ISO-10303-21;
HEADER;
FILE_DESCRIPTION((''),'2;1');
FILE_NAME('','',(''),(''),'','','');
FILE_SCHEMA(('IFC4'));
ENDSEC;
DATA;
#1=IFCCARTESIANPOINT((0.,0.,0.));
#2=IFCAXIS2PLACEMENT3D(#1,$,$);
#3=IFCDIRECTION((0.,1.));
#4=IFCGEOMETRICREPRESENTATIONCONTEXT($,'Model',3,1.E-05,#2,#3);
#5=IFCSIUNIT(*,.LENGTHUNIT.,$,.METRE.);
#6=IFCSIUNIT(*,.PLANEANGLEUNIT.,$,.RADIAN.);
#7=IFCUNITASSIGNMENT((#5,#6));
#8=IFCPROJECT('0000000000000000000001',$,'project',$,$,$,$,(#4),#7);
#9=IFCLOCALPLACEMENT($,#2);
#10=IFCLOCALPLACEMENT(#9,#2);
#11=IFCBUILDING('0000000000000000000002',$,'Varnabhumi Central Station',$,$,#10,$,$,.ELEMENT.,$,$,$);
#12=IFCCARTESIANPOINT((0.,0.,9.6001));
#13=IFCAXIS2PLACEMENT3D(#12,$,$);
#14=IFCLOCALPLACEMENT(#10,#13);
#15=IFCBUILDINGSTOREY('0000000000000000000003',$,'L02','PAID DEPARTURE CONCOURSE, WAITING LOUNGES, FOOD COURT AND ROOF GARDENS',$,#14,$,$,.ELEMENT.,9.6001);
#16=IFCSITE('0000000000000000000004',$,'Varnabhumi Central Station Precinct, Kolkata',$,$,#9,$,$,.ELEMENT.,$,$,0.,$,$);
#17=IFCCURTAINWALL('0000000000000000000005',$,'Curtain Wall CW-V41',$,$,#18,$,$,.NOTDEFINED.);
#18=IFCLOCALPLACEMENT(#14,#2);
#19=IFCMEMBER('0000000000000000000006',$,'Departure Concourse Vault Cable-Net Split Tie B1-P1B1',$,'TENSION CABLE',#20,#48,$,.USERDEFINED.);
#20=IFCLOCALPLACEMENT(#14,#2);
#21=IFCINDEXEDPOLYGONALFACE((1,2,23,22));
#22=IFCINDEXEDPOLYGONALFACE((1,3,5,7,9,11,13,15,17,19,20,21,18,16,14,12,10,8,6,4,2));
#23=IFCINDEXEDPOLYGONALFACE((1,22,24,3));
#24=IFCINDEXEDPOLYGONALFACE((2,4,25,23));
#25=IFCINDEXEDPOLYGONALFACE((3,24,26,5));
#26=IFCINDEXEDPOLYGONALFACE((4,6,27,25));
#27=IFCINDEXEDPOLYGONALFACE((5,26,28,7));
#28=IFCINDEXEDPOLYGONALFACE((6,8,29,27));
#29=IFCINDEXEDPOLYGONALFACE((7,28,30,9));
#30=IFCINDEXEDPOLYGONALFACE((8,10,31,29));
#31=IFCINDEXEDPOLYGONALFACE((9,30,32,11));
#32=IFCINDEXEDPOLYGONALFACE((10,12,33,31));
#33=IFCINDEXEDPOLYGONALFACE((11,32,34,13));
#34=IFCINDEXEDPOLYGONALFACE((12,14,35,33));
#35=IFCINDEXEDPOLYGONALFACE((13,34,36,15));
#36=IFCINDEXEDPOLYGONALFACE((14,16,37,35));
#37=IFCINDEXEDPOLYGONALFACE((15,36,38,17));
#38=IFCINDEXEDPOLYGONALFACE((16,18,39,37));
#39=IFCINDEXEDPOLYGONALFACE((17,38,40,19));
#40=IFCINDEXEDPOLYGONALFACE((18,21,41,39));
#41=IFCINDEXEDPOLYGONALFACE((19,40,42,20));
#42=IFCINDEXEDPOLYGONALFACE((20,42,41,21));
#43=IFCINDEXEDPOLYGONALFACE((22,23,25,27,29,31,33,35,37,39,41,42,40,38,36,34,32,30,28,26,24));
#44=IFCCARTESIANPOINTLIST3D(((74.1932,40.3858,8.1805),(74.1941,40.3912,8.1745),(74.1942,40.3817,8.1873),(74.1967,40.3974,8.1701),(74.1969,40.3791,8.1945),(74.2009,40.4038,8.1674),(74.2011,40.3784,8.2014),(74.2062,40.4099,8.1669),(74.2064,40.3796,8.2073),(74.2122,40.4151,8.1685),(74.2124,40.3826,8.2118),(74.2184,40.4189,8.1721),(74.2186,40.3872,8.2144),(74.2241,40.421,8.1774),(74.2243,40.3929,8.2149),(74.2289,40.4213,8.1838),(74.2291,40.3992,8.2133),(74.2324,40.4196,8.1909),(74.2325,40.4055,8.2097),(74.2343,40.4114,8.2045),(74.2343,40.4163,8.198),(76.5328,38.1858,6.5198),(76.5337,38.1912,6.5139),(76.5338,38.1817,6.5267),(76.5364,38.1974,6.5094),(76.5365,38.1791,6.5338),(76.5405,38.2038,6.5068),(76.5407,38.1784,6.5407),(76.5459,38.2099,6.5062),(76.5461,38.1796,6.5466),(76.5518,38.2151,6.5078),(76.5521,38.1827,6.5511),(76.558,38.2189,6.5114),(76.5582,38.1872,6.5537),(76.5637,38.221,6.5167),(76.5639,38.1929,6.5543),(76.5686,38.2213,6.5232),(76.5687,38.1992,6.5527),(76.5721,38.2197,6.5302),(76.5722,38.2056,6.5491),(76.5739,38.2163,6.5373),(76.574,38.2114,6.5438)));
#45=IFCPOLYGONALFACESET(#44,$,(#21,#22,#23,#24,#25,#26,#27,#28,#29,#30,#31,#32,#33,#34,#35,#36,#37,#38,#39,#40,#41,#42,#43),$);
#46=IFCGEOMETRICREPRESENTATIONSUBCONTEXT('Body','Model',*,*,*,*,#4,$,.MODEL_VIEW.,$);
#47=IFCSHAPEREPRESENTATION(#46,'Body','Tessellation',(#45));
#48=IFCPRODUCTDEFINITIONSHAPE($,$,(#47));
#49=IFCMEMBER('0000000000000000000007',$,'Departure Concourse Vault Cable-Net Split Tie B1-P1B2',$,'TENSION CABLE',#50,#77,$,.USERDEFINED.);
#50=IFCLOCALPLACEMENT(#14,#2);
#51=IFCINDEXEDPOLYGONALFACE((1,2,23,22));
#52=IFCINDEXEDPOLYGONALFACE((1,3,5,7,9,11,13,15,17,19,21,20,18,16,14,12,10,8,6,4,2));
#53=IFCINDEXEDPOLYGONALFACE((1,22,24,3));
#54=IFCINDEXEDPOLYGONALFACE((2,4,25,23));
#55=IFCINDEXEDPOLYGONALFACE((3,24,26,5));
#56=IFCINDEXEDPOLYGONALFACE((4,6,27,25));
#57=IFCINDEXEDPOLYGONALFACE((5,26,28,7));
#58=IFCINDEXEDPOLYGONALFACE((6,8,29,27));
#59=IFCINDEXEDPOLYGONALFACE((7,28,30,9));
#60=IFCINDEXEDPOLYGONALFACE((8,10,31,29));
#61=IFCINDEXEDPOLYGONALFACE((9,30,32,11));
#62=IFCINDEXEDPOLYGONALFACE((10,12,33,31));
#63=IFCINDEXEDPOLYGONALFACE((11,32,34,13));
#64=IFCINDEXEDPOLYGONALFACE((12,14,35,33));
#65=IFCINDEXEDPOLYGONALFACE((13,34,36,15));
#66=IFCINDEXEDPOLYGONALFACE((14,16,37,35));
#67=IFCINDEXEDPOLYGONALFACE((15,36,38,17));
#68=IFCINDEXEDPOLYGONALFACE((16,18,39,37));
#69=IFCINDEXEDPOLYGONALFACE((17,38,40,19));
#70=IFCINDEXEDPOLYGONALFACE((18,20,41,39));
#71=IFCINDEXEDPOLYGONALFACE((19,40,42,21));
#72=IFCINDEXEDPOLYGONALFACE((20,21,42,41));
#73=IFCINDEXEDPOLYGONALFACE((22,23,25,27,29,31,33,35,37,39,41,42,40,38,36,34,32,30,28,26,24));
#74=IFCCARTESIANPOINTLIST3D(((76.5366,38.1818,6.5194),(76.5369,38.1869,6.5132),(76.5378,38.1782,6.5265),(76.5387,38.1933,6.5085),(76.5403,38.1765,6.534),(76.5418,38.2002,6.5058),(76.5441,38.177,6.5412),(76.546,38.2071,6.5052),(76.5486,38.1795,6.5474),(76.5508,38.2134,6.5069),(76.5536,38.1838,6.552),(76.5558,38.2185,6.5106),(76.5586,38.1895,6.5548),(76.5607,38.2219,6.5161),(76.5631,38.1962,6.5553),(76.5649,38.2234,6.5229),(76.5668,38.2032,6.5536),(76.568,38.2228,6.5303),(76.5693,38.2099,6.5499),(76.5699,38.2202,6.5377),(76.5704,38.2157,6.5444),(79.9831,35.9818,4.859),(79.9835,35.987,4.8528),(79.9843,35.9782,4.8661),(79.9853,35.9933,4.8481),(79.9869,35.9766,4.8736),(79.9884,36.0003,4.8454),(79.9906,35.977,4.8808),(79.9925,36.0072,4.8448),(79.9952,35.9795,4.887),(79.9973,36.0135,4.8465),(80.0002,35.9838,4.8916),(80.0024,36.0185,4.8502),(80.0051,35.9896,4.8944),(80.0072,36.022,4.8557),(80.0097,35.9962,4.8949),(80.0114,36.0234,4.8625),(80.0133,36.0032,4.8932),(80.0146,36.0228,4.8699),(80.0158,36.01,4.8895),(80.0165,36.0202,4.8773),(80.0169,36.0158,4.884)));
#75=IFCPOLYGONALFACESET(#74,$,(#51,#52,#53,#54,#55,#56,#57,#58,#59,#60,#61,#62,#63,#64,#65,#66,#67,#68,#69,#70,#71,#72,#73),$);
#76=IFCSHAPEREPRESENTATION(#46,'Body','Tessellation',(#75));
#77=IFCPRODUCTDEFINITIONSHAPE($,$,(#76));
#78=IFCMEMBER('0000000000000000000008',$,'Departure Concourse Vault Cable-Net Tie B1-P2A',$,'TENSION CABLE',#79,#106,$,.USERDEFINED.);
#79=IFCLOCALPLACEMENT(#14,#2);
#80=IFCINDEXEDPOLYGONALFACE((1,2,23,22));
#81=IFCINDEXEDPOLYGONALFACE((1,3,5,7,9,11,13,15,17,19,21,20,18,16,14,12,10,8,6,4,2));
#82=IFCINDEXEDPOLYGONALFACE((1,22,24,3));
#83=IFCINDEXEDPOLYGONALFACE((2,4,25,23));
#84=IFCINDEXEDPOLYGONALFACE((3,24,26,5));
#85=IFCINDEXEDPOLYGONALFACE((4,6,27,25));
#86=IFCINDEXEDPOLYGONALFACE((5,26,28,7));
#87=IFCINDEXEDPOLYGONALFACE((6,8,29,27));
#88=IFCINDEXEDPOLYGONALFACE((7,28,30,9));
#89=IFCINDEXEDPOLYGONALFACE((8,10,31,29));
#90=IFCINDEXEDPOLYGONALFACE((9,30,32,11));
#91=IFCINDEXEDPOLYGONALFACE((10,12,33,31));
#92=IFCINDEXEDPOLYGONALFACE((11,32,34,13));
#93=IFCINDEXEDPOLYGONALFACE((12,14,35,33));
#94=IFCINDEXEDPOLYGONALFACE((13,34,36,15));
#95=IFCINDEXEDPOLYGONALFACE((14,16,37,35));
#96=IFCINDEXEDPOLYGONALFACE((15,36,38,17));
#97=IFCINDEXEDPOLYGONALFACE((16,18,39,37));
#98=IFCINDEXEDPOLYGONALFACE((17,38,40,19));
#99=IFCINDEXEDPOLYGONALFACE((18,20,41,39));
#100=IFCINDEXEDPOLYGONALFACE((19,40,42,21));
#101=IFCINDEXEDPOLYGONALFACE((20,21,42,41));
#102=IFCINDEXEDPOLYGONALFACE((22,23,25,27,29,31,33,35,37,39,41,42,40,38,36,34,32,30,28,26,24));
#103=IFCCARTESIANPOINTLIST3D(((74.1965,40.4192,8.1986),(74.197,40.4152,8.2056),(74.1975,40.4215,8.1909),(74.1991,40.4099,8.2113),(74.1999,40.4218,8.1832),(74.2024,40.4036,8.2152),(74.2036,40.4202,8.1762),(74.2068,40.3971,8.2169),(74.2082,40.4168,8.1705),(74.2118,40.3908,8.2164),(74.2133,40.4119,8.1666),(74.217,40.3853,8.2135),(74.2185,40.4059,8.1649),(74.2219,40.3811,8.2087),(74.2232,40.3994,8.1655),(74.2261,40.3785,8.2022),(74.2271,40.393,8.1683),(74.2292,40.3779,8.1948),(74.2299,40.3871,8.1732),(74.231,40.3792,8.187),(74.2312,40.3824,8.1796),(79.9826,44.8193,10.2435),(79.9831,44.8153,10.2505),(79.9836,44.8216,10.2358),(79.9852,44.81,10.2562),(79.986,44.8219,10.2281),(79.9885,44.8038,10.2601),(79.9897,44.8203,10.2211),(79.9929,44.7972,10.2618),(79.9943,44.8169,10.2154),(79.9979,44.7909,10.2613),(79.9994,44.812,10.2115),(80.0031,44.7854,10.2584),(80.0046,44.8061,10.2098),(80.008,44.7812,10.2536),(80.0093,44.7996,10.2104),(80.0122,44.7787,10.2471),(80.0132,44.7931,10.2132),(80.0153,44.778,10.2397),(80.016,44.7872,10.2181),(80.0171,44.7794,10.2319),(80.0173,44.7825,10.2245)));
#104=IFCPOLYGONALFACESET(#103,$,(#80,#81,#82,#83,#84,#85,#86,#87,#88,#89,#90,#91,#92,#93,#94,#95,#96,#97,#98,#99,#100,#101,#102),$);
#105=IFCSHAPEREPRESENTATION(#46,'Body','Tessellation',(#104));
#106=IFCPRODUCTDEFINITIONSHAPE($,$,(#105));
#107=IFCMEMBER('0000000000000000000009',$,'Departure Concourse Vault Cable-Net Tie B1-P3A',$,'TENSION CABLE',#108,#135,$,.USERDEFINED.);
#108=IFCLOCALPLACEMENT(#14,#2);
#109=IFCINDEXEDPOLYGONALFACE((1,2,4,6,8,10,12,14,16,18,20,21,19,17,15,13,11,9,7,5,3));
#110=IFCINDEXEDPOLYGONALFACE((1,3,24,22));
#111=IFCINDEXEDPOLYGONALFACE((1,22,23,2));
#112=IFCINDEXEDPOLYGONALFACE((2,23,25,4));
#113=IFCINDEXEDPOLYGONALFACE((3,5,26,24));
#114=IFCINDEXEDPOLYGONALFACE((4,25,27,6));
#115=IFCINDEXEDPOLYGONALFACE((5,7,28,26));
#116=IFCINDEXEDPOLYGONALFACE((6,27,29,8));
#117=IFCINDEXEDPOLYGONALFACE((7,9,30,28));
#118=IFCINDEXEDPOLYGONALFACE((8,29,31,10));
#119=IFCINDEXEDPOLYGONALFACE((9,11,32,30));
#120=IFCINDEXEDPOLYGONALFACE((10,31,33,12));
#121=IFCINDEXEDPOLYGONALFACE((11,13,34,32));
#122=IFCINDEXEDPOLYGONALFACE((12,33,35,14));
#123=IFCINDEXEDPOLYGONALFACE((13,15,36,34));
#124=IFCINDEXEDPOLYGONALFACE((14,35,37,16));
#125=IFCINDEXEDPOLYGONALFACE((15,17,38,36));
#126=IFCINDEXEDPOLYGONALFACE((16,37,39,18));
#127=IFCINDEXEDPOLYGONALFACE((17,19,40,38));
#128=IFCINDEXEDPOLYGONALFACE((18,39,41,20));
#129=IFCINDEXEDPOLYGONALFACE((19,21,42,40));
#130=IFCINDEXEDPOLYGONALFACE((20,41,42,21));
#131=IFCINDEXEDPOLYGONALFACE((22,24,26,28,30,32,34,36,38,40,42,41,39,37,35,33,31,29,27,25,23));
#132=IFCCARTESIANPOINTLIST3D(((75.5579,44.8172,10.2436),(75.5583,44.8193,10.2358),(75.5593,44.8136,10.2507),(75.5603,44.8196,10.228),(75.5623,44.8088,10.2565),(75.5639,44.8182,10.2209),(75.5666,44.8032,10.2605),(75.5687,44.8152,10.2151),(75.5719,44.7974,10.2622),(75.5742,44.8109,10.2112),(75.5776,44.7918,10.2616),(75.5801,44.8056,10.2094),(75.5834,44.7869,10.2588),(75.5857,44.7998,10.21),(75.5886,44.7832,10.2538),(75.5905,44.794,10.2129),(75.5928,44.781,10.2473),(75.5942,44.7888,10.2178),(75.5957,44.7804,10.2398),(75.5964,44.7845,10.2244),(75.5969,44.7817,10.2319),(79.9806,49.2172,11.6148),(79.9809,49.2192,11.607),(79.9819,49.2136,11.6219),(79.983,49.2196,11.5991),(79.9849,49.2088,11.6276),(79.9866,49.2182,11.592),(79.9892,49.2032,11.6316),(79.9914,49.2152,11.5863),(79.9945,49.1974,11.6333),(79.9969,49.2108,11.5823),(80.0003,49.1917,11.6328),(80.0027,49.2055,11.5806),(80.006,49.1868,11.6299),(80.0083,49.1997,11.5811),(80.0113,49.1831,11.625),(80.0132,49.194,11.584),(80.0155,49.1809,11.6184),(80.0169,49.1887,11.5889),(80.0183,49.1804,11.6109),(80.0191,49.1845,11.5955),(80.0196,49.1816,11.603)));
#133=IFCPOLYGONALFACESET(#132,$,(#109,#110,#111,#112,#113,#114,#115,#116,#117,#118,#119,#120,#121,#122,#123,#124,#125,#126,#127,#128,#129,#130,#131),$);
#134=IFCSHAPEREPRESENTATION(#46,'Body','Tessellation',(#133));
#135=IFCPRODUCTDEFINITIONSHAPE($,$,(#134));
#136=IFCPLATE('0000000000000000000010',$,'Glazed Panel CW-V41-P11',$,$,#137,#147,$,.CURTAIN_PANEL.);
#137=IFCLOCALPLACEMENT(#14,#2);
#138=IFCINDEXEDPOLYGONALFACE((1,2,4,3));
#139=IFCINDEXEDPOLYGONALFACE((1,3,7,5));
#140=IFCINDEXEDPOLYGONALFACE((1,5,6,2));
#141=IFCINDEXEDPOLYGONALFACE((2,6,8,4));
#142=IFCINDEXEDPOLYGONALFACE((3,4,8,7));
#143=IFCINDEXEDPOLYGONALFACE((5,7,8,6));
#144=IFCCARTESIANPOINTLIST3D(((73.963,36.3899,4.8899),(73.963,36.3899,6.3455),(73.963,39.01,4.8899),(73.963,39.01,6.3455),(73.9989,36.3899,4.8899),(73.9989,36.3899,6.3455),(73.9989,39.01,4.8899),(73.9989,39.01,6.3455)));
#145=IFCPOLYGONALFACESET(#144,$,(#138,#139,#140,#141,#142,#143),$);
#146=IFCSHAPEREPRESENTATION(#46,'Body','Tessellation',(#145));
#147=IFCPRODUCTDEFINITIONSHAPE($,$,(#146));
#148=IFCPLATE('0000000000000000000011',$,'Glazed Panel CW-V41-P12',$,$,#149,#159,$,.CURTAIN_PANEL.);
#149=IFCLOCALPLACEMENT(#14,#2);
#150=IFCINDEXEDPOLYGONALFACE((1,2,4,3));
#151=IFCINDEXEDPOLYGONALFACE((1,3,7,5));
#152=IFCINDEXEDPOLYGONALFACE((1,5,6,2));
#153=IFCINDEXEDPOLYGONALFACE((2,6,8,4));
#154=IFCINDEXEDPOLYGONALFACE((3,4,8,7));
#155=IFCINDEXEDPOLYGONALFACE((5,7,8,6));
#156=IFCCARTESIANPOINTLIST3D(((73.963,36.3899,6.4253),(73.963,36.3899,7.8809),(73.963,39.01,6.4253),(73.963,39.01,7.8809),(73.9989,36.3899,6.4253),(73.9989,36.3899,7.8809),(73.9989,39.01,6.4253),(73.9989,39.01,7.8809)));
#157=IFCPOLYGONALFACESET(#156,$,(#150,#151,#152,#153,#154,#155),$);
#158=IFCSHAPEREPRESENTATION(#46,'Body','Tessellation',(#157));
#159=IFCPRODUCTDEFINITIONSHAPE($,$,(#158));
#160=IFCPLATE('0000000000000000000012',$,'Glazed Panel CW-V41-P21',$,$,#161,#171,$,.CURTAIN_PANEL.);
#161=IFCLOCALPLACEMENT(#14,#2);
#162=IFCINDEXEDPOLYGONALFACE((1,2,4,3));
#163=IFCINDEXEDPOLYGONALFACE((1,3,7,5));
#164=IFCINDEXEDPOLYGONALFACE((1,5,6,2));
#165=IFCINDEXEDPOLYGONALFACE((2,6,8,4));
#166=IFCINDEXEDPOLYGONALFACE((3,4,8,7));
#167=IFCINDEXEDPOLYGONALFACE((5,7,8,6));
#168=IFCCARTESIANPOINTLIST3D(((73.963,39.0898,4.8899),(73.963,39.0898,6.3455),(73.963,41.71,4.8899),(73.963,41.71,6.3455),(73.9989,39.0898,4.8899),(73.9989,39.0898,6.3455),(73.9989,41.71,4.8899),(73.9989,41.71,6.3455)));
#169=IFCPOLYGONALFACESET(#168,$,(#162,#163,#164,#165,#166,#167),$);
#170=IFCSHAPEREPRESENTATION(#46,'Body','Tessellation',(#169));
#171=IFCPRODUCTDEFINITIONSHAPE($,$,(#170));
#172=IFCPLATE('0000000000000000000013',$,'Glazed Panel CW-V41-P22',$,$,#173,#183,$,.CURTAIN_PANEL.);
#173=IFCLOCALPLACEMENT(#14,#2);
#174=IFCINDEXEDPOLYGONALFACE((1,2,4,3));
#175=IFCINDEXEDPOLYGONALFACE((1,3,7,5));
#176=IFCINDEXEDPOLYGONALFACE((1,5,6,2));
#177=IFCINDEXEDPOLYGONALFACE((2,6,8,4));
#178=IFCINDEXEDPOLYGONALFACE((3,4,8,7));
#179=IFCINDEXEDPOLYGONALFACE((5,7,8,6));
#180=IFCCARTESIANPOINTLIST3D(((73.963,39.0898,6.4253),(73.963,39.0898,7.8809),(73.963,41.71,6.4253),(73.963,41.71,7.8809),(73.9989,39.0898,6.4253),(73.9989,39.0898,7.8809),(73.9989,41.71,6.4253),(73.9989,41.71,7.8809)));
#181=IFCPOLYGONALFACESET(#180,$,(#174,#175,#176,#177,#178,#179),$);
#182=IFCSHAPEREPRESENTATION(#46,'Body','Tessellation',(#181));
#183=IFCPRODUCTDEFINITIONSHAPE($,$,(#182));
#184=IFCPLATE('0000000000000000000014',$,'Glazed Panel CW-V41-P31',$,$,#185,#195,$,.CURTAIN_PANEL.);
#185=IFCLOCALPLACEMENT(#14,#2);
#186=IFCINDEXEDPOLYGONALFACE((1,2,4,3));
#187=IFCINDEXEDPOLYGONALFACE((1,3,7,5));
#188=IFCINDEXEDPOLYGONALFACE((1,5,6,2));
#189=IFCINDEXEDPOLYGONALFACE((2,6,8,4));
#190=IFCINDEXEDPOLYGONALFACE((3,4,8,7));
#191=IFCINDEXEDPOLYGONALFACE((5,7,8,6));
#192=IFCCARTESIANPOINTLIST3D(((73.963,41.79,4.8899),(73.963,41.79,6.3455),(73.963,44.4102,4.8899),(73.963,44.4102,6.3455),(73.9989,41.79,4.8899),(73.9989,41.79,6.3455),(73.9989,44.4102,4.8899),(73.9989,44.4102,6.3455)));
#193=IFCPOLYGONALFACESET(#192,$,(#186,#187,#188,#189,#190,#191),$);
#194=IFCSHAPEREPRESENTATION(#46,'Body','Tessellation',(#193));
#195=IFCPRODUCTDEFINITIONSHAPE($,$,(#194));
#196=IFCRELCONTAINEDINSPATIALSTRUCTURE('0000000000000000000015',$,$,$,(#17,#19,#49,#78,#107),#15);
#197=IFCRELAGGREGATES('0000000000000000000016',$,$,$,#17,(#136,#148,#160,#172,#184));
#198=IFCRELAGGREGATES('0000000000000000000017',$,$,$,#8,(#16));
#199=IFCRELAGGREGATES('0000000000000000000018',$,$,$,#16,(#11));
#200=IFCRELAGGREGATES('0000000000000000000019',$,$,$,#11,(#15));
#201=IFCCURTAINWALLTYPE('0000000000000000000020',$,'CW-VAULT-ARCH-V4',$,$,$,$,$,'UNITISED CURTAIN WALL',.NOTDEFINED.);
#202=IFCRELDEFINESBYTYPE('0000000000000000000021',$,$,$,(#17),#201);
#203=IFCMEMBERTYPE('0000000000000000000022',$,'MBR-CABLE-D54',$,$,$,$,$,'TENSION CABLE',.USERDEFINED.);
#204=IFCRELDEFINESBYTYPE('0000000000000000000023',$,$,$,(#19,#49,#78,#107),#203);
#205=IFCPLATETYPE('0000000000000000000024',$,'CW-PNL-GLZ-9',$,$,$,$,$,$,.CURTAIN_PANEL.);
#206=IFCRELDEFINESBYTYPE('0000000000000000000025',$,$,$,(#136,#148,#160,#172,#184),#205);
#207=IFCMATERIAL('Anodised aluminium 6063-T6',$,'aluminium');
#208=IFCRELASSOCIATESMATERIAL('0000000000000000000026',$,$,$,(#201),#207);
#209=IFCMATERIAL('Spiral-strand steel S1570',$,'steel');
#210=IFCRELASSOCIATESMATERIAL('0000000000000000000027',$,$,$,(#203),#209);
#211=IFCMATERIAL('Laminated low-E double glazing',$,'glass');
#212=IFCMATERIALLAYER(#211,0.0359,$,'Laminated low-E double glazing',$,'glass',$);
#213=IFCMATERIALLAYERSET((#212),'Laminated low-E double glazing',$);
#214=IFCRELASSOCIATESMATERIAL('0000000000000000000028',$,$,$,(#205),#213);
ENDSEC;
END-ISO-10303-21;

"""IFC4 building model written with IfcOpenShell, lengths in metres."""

from ifc_helpers import new_model, si_unit, direction, frame, origin, origin_2d, place, context, subcontext, project, spatial, rectangle, circle, extrude, material, layer, layer_set, material_profile, profile_set, type_object, element, aggregate, save


model = new_model("IFC4")

# Units and contexts
model_context = context("Model", 3, precision=1e-05, world=origin(), true_north=direction((0.0, 1.0)))
body_context = subcontext(model_context, "Body", "Model", "MODEL_VIEW")
ifc_project = project(units=[si_unit("LENGTHUNIT", "METRE"), si_unit("PLANEANGLEUNIT", "RADIAN")], contexts=[model_context])

# Site, building, storey
site_placement = place(None, origin())
site = spatial("IfcSite", under=ifc_project, at=site_placement, Name="Varnabhumi Central Station Precinct, Kolkata", CompositionType="ELEMENT", RefElevation=0.0)
building_placement = place(site_placement, origin())
building = spatial("IfcBuilding", under=site, at=building_placement, Name="Varnabhumi Central Station", CompositionType="ELEMENT")
storey_placement = place(building_placement, frame((0.0, 0.0, 9.6001)))
storey = spatial("IfcBuildingStorey", under=building, at=storey_placement, Name="L02", Description="PAID DEPARTURE CONCOURSE, WAITING LOUNGES, FOOD COURT AND ROOF GARDENS", CompositionType="ELEMENT", Elevation=9.6001)

# Curtain wall
ifc_material_1 = material(Name="Anodised aluminium 6063-T6", Category="aluminium")
curtain_wall_type = type_object("IfcCurtainWallType", Name="CW-VAULT-ARCH-V4", ElementType="UNITISED CURTAIN WALL", PredefinedType="NOTDEFINED", material=ifc_material_1)
curtain_wall_1_placement = place(storey_placement, origin())
curtain_wall_1 = element("IfcCurtainWall", 1, at=curtain_wall_1_placement, inside=storey, type_object=curtain_wall_type, Name="Curtain Wall CW-V41", PredefinedType="NOTDEFINED")

# Members
ifc_material_2 = material(Name="Spiral-strand steel S1570", Category="steel")
ifc_material_profile_1 = material_profile(ifc_material_2, circle(Radius=0.0271, at=origin_2d()), Name="Spiral-strand steel S1570", Category="steel")
ifc_profile_set_1 = profile_set([ifc_material_profile_1], Name="Spiral-strand steel S1570")
member_type_1 = type_object("IfcMemberType", Name="MBR-CABLE-D54", ElementType="TENSION CABLE", PredefinedType="USERDEFINED", material=ifc_profile_set_1)
member_1_placement = place(storey_placement, frame((74.2139, 40.3999, 8.1909), z_axis=(0.647117, -0.608491, -0.459323), x_axis=(0.68503, 0.728515, 0.0)))
element("IfcMember", 2, at=member_1_placement, inside=storey, type_object=member_type_1, Name="Departure Concourse Vault Cable-Net Split Tie B1-P1B1", ObjectType="TENSION CABLE", PredefinedType="USERDEFINED", context=body_context, shape_type="SweptSolid", body=[
    extrude(circle(Radius=0.0271, at=origin_2d()), origin(), (0.0, 0.0, 1.0), 3.6155),
])
member_2_placement = place(storey_placement, frame((76.5535, 38.2, 6.5303), z_axis=(0.780981, -0.498507, -0.376245), x_axis=(0.538042, 0.842918, 0.0)))
element("IfcMember", 3, at=member_2_placement, inside=storey, type_object=member_type_1, Name="Departure Concourse Vault Cable-Net Split Tie B1-P1B2", ObjectType="TENSION CABLE", PredefinedType="USERDEFINED", context=body_context, shape_type="SweptSolid", body=[
    extrude(circle(Radius=0.0271, at=origin_2d()), origin(), (0.0, 0.0, 1.0), 4.4131),
])
member_3_placement = place(storey_placement, frame((74.2139, 40.3999, 8.1909), z_axis=(0.766242, 0.5827, 0.270803), x_axis=(-0.605317, 0.795984, 0.0)))
element("IfcMember", 4, at=member_3_placement, inside=storey, type_object=member_type_1, Name="Departure Concourse Vault Cable-Net Tie B1-P2A", ObjectType="TENSION CABLE", PredefinedType="USERDEFINED", context=body_context, shape_type="SweptSolid", body=[
    extrude(circle(Radius=0.0271, at=origin_2d()), origin(), (0.0, 0.0, 1.0), 7.5513),
])
member_4_placement = place(storey_placement, frame((75.5774, 44.8, 10.2358), z_axis=(0.692399, 0.688844, 0.214657), x_axis=(-0.705285, 0.708924, 0.0)))
element("IfcMember", 5, at=member_4_placement, inside=storey, type_object=member_type_1, Name="Departure Concourse Vault Cable-Net Tie B1-P3A", ObjectType="TENSION CABLE", PredefinedType="USERDEFINED", context=body_context, shape_type="SweptSolid", body=[
    extrude(circle(Radius=0.0271, at=origin_2d()), origin(), (0.0, 0.0, 1.0), 6.3875),
])

# Plates
ifc_material_3 = material(Name="Laminated low-E double glazing", Category="glass")
ifc_layer_1 = layer(ifc_material_3, 0.0359, Name="Laminated low-E double glazing", Category="glass")
ifc_layer_set_1 = layer_set([ifc_layer_1], Name="Laminated low-E double glazing")
plate_type_1 = type_object("IfcPlateType", Name="CW-PNL-GLZ-9", PredefinedType="CURTAIN_PANEL", material=ifc_layer_set_1)
plate_1_placement = place(storey_placement, frame((73.981, 37.7, 4.8899), z_axis=(0.0, 0.0, 1.0), x_axis=(0.0, 1.0, 0.0)))
plate_1 = element("IfcPlate", 6, at=plate_1_placement, type_object=plate_type_1, Name="Glazed Panel CW-V41-P11", PredefinedType="CURTAIN_PANEL", context=body_context, shape_type="SweptSolid", body=[
    extrude(rectangle(XDim=2.6201, YDim=0.0359, at=origin_2d()), origin(), (0.0, 0.0, 1.0), 1.4556),
])
plate_2_placement = place(storey_placement, frame((73.981, 37.7, 6.4253), z_axis=(0.0, 0.0, 1.0), x_axis=(0.0, 1.0, 0.0)))
plate_2 = element("IfcPlate", 7, at=plate_2_placement, type_object=plate_type_1, Name="Glazed Panel CW-V41-P12", PredefinedType="CURTAIN_PANEL", context=body_context, shape_type="SweptSolid", body=[
    extrude(rectangle(XDim=2.6201, YDim=0.0359, at=origin_2d()), origin(), (0.0, 0.0, 1.0), 1.4556),
])
plate_3_placement = place(storey_placement, frame((73.981, 40.3999, 4.8899), z_axis=(0.0, 0.0, 1.0), x_axis=(0.0, 1.0, 0.0)))
plate_3 = element("IfcPlate", 8, at=plate_3_placement, type_object=plate_type_1, Name="Glazed Panel CW-V41-P21", PredefinedType="CURTAIN_PANEL", context=body_context, shape_type="SweptSolid", body=[
    extrude(rectangle(XDim=2.6201, YDim=0.0359, at=origin_2d()), origin(), (0.0, 0.0, 1.0), 1.4556),
])
plate_4_placement = place(storey_placement, frame((73.981, 40.3999, 6.4253), z_axis=(0.0, 0.0, 1.0), x_axis=(0.0, 1.0, 0.0)))
plate_4 = element("IfcPlate", 9, at=plate_4_placement, type_object=plate_type_1, Name="Glazed Panel CW-V41-P22", PredefinedType="CURTAIN_PANEL", context=body_context, shape_type="SweptSolid", body=[
    extrude(rectangle(XDim=2.6201, YDim=0.0359, at=origin_2d()), origin(), (0.0, 0.0, 1.0), 1.4556),
])
plate_5_placement = place(storey_placement, frame((73.981, 43.1001, 4.8899), z_axis=(0.0, 0.0, 1.0), x_axis=(0.0, 1.0, 0.0)))
plate_5 = element("IfcPlate", 10, at=plate_5_placement, type_object=plate_type_1, Name="Glazed Panel CW-V41-P31", PredefinedType="CURTAIN_PANEL", context=body_context, shape_type="SweptSolid", body=[
    extrude(rectangle(XDim=2.6201, YDim=0.0359, at=origin_2d()), origin(), (0.0, 0.0, 1.0), 1.4556),
])
aggregate(curtain_wall_1, [plate_1, plate_2, plate_3, plate_4, plate_5])

save(model, "model.ifc")
